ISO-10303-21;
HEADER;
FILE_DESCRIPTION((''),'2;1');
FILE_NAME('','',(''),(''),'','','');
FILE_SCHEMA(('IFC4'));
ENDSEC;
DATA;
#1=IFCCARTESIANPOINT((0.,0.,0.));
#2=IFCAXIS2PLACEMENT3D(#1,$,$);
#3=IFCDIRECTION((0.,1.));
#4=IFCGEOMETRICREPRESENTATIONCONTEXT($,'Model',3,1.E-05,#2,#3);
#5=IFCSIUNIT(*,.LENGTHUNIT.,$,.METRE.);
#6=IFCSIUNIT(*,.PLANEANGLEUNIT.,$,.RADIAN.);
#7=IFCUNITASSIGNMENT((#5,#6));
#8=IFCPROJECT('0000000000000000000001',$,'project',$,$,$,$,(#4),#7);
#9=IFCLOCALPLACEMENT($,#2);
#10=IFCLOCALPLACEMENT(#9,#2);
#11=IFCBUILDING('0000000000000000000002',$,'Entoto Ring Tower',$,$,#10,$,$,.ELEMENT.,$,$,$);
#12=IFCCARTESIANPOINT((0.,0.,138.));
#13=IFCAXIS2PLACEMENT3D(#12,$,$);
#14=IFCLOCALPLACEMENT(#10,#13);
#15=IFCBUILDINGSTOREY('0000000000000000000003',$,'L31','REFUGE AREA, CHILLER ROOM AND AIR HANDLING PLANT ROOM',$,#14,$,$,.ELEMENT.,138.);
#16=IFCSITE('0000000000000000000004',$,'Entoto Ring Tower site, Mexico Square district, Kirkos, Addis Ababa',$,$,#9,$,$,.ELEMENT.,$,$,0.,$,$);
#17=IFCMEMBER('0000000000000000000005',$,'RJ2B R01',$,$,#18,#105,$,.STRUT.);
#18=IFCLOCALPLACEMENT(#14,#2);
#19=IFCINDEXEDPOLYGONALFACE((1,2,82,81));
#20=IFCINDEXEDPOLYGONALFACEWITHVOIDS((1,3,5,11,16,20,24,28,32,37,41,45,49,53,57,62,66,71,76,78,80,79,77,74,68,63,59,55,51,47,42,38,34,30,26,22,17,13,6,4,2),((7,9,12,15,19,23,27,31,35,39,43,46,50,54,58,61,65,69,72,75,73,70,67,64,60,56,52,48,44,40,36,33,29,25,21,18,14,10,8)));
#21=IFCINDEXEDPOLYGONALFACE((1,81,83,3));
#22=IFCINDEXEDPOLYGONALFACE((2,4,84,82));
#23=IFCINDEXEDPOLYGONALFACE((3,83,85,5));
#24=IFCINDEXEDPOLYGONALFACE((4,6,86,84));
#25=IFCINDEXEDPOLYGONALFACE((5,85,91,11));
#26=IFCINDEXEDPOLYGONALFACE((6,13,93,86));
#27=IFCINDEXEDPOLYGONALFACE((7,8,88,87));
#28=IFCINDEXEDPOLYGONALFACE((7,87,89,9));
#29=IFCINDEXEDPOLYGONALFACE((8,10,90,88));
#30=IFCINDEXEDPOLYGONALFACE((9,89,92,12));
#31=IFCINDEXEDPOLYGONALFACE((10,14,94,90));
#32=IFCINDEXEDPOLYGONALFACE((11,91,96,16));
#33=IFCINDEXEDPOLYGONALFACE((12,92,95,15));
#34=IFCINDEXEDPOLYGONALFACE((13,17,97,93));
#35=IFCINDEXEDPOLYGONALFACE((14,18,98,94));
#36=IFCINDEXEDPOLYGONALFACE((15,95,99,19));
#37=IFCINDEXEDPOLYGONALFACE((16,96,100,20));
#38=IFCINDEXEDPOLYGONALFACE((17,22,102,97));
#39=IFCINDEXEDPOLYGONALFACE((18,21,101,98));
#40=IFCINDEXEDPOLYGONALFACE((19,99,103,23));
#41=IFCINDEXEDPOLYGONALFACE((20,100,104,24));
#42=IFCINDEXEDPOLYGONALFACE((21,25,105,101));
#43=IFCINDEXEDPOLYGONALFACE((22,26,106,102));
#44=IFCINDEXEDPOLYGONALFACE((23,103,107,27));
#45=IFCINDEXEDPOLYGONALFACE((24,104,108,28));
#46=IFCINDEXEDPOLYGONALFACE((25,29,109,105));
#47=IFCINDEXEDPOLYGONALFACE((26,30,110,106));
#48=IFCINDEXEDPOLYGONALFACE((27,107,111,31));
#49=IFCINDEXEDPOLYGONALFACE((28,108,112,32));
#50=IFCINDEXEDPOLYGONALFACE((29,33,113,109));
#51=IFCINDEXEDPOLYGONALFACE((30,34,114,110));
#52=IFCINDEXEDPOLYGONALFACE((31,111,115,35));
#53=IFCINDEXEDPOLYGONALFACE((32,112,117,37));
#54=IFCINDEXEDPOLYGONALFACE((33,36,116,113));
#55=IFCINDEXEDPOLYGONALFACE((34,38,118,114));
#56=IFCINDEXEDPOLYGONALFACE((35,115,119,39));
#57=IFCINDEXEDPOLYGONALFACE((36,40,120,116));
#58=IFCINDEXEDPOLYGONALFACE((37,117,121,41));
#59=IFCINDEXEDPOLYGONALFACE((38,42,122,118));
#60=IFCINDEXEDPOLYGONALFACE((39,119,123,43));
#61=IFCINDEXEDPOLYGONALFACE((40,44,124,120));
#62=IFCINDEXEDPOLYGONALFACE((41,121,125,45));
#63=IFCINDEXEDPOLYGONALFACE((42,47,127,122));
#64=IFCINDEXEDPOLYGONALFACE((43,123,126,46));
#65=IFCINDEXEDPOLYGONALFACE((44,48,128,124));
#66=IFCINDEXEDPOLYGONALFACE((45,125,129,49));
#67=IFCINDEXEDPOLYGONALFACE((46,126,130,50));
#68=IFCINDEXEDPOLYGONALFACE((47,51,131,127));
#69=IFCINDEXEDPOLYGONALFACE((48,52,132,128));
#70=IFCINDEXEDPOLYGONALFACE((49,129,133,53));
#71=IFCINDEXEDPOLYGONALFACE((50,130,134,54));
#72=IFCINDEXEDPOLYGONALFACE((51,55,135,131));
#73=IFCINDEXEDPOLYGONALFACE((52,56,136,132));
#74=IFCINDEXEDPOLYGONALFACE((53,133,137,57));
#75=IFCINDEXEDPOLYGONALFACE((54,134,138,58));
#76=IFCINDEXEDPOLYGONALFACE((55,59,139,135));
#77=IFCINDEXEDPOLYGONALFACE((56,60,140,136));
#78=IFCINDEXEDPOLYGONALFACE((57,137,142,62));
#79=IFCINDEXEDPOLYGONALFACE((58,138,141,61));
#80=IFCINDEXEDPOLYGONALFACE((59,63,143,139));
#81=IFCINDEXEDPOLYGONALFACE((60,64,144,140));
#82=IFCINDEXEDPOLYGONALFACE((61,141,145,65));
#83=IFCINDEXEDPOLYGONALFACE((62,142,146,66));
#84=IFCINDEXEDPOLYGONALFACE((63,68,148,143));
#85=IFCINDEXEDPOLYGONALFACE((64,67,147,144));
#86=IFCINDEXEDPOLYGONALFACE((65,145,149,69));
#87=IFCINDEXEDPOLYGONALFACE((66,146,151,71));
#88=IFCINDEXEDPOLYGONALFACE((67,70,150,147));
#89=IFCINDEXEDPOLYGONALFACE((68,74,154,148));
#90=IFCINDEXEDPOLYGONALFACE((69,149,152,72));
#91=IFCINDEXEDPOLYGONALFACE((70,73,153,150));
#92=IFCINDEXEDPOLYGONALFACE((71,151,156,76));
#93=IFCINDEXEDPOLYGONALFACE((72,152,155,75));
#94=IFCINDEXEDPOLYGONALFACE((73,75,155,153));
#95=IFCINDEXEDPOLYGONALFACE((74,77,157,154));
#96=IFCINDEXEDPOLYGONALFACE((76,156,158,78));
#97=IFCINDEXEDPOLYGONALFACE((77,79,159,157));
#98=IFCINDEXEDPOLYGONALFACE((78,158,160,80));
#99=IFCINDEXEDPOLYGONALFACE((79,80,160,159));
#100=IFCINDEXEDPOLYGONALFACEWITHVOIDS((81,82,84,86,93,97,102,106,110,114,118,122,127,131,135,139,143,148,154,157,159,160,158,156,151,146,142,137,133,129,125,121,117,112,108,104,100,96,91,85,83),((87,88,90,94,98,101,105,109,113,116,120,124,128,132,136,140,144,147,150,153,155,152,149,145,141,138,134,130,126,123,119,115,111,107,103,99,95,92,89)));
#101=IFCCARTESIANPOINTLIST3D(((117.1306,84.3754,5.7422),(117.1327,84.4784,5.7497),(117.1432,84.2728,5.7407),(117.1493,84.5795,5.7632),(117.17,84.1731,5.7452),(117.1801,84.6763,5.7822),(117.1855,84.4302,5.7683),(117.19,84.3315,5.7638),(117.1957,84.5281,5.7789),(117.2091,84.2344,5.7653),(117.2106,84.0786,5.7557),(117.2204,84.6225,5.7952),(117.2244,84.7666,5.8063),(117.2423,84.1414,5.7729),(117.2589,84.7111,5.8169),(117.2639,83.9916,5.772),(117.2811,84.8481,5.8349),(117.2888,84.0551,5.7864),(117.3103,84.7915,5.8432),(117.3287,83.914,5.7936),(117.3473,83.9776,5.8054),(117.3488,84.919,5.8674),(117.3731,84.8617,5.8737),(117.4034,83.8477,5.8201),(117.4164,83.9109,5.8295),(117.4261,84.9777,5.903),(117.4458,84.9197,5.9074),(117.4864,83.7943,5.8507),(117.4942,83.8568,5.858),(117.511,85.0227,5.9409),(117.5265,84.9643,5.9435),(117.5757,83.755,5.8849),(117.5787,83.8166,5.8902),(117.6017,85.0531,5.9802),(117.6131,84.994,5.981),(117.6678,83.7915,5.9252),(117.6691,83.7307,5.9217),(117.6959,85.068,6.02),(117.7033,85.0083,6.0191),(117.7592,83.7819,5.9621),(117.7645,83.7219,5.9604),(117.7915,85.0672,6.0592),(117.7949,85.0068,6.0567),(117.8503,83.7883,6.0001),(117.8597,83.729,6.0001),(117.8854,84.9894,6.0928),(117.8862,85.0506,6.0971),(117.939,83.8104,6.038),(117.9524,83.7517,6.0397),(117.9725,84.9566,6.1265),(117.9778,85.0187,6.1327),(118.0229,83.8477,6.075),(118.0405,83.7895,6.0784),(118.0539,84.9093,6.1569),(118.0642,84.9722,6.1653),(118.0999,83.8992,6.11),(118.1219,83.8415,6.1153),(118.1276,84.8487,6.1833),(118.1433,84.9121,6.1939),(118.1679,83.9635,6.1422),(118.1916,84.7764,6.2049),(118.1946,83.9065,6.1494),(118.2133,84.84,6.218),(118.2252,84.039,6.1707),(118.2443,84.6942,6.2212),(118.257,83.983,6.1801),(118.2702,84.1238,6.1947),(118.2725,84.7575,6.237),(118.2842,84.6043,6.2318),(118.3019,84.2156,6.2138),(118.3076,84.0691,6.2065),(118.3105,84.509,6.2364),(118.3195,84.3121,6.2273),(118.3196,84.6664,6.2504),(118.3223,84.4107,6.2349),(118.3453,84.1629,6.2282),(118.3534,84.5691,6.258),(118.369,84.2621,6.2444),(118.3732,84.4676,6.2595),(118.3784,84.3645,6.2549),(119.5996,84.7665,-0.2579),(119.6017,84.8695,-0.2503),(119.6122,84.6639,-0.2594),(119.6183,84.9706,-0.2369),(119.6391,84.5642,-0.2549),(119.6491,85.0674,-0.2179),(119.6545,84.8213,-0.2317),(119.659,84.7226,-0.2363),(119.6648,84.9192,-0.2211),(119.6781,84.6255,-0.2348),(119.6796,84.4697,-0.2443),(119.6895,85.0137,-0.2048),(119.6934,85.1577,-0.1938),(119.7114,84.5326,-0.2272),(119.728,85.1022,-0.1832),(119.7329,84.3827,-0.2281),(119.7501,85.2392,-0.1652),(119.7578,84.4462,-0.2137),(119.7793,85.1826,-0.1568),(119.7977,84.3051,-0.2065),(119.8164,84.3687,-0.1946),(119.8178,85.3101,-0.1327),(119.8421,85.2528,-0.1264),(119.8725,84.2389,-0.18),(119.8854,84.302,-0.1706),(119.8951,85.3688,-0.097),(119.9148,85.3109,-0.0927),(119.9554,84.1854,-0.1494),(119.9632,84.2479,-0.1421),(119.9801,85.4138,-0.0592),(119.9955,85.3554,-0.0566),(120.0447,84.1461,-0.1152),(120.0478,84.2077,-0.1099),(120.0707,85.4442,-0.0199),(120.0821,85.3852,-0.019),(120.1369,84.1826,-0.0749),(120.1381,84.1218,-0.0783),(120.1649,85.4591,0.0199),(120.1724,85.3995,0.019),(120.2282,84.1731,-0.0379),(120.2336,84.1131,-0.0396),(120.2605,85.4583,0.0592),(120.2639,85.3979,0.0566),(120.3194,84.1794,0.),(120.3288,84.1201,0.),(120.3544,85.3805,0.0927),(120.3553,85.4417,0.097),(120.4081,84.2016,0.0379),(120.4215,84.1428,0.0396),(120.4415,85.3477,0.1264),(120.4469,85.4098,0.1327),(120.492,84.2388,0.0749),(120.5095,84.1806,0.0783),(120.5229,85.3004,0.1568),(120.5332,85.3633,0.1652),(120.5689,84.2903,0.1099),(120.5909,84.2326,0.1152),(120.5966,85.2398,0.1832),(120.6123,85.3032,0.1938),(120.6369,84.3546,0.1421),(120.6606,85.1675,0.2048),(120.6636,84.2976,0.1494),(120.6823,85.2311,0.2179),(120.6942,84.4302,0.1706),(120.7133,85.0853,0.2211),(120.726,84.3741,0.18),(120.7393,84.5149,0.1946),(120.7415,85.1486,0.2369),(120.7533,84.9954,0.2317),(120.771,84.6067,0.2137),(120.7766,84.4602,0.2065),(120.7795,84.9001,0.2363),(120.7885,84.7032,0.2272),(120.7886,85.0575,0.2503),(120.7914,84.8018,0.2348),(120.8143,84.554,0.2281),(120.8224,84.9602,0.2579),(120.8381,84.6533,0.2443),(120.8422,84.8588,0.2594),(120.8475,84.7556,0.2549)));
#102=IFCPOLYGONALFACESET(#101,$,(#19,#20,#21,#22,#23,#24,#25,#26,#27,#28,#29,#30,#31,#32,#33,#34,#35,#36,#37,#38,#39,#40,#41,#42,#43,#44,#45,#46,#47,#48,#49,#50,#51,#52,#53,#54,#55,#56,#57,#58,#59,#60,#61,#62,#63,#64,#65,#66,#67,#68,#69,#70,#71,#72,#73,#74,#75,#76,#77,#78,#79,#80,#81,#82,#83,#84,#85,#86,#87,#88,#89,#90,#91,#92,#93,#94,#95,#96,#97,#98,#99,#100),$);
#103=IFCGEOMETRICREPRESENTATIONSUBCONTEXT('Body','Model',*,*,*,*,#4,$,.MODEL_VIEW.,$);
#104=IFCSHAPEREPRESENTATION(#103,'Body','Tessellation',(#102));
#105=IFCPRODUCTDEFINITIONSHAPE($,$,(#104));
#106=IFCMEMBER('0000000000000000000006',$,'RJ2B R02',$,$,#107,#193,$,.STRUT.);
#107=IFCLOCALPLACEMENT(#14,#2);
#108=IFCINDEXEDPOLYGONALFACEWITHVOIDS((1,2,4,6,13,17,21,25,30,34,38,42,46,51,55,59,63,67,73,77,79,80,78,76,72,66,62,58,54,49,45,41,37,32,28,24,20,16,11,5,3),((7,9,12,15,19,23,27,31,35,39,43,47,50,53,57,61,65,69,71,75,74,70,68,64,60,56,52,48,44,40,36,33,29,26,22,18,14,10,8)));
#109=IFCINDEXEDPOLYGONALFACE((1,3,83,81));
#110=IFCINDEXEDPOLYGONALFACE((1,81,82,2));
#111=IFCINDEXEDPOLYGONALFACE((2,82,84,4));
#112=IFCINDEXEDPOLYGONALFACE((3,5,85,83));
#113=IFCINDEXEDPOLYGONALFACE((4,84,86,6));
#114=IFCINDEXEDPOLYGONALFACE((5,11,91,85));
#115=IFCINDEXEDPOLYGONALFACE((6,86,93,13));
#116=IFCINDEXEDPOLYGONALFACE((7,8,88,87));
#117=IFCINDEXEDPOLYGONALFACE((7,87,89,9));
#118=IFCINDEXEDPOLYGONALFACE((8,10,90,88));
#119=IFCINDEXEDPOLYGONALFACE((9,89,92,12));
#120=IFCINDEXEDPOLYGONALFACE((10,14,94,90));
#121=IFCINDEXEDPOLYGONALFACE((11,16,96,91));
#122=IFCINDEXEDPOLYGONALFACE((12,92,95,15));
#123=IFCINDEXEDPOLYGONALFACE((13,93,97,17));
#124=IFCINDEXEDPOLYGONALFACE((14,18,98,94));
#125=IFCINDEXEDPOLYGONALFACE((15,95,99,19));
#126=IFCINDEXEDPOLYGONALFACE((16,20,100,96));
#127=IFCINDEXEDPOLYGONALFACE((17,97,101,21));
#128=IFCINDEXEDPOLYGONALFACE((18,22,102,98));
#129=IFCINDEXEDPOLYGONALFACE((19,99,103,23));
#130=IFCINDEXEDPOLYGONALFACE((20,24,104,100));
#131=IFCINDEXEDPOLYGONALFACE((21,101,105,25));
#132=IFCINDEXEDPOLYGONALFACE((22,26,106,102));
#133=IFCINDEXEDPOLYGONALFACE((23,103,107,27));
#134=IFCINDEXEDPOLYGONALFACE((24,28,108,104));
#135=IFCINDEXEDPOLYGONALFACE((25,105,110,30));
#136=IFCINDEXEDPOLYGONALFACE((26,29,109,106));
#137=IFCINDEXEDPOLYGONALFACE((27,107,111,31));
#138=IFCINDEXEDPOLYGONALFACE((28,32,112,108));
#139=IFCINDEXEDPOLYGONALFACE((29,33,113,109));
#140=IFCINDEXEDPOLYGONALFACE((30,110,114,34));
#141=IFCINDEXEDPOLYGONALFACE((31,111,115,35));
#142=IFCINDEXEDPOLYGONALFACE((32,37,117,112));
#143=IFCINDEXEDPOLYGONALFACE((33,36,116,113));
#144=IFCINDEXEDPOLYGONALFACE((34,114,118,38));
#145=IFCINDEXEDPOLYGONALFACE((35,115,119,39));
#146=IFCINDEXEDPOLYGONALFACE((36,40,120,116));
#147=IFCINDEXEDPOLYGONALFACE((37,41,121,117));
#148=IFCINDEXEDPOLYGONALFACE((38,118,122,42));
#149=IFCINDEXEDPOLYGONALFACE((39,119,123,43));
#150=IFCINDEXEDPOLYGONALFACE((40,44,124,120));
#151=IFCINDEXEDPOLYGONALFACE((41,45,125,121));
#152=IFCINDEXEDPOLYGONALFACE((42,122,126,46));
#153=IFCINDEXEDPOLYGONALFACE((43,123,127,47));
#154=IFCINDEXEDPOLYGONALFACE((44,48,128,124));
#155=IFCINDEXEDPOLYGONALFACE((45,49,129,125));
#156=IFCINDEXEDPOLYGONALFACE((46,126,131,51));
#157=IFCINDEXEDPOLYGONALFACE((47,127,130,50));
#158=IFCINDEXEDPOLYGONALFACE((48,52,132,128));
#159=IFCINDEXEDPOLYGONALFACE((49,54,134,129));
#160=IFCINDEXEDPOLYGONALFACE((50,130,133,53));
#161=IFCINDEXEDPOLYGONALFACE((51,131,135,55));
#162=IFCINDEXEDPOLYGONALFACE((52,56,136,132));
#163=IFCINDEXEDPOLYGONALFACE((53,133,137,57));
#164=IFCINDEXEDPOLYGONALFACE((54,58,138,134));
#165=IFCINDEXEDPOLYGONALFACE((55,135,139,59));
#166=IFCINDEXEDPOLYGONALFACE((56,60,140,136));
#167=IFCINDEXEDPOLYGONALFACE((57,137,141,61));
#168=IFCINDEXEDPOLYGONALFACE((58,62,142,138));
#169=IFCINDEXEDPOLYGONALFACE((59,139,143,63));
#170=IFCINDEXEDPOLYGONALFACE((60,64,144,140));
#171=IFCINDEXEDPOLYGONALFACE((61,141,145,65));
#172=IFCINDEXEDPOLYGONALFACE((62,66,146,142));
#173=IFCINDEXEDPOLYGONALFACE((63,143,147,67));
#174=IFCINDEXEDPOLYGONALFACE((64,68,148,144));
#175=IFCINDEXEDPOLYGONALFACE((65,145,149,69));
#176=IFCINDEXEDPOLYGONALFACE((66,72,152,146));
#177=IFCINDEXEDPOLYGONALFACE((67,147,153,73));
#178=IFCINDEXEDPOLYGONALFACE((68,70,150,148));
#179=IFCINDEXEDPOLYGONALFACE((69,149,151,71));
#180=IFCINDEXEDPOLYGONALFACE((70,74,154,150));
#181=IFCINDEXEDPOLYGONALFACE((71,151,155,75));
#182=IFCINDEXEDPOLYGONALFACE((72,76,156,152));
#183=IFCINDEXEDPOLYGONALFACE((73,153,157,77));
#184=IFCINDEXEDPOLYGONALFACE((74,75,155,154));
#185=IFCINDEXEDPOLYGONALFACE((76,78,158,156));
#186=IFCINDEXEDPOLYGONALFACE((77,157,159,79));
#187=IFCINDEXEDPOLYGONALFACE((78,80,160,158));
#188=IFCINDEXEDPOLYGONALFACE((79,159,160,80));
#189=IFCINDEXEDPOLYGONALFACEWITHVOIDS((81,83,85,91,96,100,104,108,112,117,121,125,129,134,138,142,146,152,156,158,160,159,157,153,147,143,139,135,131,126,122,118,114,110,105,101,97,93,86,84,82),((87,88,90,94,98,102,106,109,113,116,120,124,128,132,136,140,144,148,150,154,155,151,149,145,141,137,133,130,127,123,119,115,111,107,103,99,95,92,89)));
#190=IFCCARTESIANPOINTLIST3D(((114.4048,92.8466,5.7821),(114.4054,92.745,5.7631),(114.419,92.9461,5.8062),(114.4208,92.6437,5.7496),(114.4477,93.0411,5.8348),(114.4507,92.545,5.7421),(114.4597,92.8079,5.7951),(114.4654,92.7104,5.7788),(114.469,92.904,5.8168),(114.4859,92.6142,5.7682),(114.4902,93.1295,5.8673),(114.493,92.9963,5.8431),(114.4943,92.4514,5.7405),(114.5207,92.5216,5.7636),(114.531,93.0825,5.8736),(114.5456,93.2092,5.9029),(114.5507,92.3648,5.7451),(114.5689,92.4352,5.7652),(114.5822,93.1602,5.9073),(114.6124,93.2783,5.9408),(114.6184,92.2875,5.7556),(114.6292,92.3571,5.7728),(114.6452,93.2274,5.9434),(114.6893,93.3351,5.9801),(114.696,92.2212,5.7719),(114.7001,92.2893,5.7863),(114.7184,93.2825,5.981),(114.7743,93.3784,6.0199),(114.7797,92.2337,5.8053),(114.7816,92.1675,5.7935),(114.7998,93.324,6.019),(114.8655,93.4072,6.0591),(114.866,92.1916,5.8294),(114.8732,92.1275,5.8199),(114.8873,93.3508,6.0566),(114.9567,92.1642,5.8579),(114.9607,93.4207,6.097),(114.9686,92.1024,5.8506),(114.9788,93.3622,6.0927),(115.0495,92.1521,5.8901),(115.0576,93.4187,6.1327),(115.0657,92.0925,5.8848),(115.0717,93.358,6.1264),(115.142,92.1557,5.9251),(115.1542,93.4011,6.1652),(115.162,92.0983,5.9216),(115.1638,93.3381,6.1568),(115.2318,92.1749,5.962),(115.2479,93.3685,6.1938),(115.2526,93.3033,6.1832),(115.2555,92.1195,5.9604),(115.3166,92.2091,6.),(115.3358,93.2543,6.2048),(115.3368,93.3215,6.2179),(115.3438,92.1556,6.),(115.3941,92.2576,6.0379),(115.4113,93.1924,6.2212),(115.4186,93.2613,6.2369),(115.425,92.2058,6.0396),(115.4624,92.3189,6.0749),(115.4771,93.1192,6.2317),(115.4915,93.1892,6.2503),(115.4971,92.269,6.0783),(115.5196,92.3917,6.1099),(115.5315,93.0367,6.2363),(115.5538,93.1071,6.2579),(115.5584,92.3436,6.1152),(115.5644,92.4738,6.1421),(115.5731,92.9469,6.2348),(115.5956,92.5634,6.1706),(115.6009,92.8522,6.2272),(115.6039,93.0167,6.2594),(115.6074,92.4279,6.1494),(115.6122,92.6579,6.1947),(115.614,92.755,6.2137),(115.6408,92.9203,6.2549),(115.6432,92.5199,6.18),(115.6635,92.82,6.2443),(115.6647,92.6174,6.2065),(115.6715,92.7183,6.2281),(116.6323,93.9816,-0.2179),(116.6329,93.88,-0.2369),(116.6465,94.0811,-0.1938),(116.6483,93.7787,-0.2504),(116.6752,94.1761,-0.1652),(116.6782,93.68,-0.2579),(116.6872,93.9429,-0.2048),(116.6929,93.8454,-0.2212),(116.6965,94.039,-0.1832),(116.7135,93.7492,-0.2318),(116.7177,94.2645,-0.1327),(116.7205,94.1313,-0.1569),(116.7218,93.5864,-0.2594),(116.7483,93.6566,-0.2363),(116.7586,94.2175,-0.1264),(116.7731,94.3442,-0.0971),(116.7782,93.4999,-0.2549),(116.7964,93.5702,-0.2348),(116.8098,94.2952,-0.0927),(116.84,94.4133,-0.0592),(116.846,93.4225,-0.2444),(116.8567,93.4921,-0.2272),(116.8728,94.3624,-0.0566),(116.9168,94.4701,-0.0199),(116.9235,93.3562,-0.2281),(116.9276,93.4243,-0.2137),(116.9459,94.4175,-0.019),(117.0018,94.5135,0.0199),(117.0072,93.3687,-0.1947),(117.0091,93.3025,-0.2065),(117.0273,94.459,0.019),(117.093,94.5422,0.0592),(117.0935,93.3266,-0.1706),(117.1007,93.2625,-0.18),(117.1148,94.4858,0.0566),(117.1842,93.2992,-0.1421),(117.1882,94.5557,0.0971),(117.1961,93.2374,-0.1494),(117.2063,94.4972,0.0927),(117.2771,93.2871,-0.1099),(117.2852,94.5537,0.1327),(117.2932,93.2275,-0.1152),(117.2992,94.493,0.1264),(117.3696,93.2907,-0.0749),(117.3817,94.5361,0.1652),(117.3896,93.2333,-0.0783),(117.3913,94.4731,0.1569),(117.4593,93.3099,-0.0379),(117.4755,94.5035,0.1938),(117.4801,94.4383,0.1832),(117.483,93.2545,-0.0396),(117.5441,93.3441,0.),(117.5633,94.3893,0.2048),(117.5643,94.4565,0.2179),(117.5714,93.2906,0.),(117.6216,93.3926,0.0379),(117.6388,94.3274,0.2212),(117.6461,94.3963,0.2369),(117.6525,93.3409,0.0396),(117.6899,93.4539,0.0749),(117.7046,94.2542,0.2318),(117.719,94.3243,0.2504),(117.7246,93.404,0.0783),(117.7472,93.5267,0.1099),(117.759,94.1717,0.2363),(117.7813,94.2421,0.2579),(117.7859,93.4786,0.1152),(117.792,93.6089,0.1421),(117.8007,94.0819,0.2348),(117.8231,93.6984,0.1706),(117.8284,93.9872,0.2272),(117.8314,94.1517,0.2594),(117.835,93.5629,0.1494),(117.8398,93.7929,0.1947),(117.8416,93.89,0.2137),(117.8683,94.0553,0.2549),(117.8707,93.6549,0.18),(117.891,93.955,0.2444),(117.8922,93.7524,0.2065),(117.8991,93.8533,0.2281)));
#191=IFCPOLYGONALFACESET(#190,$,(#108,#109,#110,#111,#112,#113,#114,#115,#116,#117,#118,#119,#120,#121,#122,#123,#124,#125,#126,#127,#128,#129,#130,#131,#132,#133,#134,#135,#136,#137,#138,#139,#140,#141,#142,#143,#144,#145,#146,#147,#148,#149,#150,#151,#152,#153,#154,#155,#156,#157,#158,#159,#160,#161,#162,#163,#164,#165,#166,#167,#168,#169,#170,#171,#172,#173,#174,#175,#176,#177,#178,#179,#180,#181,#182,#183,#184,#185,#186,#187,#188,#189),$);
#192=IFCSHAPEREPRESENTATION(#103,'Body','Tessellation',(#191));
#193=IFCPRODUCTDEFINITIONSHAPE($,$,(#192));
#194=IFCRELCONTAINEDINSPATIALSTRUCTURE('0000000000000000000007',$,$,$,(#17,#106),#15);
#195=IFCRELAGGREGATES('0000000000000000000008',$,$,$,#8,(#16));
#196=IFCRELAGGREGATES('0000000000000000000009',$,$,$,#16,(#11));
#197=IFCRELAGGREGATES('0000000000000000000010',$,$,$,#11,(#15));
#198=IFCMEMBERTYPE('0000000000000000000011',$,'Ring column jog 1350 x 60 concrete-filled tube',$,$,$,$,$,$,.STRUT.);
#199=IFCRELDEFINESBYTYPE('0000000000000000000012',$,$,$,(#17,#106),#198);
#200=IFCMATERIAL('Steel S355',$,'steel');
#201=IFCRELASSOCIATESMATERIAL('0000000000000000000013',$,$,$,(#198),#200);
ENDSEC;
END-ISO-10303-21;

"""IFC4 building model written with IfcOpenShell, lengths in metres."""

from ifc_helpers import new_model, si_unit, direction, frame, origin, origin_2d, place, context, subcontext, project, spatial, circle, hollow_circle, extrude, material, material_profile, profile_set, type_object, element, save


model = new_model("IFC4")

# Units and contexts
model_context = context("Model", 3, precision=1e-05, world=origin(), true_north=direction((0.0, 1.0)))
body_context = subcontext(model_context, "Body", "Model", "MODEL_VIEW")
ifc_project = project(units=[si_unit("LENGTHUNIT", "METRE"), si_unit("PLANEANGLEUNIT", "RADIAN")], contexts=[model_context])

# Site, building, storey
site_placement = place(None, origin())
site = spatial("IfcSite", under=ifc_project, at=site_placement, Name="Entoto Ring Tower site, Mexico Square district, Kirkos, Addis Ababa", CompositionType="ELEMENT", RefElevation=0.0)
building_placement = place(site_placement, origin())
building = spatial("IfcBuilding", under=site, at=building_placement, Name="Entoto Ring Tower", CompositionType="ELEMENT")
storey_placement = place(building_placement, frame((0.0, 0.0, 138.0)))
storey = spatial("IfcBuildingStorey", under=building, at=storey_placement, Name="L31", Description="REFUGE AREA, CHILLER ROOM AND AIR HANDLING PLANT ROOM", CompositionType="ELEMENT", Elevation=138.0)

# Members
ifc_material_1 = material(Name="Steel S355", Category="steel")
ifc_material_profile_1 = material_profile(ifc_material_1, hollow_circle(Radius=0.675, WallThickness=0.0601, at=origin_2d()), Name="CHS 1350 x 60")
ifc_material_2 = material(Name="Concrete C60/75", Category="concrete")
ifc_material_profile_2 = material_profile(ifc_material_2, circle(Radius=0.615, at=origin_2d()), Name="Concrete C60/75 infill")
ifc_profile_set_1 = profile_set([ifc_material_profile_1, ifc_material_profile_2], Name="Steel S355")
member_type_1 = type_object("IfcMemberType", Name="Ring column jog 1350 x 60 concrete-filled tube", PredefinedType="STRUT", material=ifc_profile_set_1)
for number, where, z_axis, x_axis, name in (
    (1, (120.2231, 84.7869, 0.0), (-0.37985, -0.060172, 0.923089), (0.156459, -0.987684, 0.0), "RJ2B R01"),
    (2, (117.2649, 93.8921, 0.0), (-0.342698, -0.174617, 0.923075), (0.453997, -0.891003, 0.0), "RJ2B R02"),
):
    element("IfcMember", number, at=place(storey_placement, frame(where, z_axis=z_axis, x_axis=x_axis)), inside=storey, type_object=member_type_1, Name=name, PredefinedType="STRUT", context=body_context, shape_type="SweptSolid", body=[
        extrude(hollow_circle(Radius=0.675, WallThickness=0.0601, at=origin_2d()), origin(), (0.0, 0.0, 1.0), 6.5),
    ])

save(model, "model.ifc")
